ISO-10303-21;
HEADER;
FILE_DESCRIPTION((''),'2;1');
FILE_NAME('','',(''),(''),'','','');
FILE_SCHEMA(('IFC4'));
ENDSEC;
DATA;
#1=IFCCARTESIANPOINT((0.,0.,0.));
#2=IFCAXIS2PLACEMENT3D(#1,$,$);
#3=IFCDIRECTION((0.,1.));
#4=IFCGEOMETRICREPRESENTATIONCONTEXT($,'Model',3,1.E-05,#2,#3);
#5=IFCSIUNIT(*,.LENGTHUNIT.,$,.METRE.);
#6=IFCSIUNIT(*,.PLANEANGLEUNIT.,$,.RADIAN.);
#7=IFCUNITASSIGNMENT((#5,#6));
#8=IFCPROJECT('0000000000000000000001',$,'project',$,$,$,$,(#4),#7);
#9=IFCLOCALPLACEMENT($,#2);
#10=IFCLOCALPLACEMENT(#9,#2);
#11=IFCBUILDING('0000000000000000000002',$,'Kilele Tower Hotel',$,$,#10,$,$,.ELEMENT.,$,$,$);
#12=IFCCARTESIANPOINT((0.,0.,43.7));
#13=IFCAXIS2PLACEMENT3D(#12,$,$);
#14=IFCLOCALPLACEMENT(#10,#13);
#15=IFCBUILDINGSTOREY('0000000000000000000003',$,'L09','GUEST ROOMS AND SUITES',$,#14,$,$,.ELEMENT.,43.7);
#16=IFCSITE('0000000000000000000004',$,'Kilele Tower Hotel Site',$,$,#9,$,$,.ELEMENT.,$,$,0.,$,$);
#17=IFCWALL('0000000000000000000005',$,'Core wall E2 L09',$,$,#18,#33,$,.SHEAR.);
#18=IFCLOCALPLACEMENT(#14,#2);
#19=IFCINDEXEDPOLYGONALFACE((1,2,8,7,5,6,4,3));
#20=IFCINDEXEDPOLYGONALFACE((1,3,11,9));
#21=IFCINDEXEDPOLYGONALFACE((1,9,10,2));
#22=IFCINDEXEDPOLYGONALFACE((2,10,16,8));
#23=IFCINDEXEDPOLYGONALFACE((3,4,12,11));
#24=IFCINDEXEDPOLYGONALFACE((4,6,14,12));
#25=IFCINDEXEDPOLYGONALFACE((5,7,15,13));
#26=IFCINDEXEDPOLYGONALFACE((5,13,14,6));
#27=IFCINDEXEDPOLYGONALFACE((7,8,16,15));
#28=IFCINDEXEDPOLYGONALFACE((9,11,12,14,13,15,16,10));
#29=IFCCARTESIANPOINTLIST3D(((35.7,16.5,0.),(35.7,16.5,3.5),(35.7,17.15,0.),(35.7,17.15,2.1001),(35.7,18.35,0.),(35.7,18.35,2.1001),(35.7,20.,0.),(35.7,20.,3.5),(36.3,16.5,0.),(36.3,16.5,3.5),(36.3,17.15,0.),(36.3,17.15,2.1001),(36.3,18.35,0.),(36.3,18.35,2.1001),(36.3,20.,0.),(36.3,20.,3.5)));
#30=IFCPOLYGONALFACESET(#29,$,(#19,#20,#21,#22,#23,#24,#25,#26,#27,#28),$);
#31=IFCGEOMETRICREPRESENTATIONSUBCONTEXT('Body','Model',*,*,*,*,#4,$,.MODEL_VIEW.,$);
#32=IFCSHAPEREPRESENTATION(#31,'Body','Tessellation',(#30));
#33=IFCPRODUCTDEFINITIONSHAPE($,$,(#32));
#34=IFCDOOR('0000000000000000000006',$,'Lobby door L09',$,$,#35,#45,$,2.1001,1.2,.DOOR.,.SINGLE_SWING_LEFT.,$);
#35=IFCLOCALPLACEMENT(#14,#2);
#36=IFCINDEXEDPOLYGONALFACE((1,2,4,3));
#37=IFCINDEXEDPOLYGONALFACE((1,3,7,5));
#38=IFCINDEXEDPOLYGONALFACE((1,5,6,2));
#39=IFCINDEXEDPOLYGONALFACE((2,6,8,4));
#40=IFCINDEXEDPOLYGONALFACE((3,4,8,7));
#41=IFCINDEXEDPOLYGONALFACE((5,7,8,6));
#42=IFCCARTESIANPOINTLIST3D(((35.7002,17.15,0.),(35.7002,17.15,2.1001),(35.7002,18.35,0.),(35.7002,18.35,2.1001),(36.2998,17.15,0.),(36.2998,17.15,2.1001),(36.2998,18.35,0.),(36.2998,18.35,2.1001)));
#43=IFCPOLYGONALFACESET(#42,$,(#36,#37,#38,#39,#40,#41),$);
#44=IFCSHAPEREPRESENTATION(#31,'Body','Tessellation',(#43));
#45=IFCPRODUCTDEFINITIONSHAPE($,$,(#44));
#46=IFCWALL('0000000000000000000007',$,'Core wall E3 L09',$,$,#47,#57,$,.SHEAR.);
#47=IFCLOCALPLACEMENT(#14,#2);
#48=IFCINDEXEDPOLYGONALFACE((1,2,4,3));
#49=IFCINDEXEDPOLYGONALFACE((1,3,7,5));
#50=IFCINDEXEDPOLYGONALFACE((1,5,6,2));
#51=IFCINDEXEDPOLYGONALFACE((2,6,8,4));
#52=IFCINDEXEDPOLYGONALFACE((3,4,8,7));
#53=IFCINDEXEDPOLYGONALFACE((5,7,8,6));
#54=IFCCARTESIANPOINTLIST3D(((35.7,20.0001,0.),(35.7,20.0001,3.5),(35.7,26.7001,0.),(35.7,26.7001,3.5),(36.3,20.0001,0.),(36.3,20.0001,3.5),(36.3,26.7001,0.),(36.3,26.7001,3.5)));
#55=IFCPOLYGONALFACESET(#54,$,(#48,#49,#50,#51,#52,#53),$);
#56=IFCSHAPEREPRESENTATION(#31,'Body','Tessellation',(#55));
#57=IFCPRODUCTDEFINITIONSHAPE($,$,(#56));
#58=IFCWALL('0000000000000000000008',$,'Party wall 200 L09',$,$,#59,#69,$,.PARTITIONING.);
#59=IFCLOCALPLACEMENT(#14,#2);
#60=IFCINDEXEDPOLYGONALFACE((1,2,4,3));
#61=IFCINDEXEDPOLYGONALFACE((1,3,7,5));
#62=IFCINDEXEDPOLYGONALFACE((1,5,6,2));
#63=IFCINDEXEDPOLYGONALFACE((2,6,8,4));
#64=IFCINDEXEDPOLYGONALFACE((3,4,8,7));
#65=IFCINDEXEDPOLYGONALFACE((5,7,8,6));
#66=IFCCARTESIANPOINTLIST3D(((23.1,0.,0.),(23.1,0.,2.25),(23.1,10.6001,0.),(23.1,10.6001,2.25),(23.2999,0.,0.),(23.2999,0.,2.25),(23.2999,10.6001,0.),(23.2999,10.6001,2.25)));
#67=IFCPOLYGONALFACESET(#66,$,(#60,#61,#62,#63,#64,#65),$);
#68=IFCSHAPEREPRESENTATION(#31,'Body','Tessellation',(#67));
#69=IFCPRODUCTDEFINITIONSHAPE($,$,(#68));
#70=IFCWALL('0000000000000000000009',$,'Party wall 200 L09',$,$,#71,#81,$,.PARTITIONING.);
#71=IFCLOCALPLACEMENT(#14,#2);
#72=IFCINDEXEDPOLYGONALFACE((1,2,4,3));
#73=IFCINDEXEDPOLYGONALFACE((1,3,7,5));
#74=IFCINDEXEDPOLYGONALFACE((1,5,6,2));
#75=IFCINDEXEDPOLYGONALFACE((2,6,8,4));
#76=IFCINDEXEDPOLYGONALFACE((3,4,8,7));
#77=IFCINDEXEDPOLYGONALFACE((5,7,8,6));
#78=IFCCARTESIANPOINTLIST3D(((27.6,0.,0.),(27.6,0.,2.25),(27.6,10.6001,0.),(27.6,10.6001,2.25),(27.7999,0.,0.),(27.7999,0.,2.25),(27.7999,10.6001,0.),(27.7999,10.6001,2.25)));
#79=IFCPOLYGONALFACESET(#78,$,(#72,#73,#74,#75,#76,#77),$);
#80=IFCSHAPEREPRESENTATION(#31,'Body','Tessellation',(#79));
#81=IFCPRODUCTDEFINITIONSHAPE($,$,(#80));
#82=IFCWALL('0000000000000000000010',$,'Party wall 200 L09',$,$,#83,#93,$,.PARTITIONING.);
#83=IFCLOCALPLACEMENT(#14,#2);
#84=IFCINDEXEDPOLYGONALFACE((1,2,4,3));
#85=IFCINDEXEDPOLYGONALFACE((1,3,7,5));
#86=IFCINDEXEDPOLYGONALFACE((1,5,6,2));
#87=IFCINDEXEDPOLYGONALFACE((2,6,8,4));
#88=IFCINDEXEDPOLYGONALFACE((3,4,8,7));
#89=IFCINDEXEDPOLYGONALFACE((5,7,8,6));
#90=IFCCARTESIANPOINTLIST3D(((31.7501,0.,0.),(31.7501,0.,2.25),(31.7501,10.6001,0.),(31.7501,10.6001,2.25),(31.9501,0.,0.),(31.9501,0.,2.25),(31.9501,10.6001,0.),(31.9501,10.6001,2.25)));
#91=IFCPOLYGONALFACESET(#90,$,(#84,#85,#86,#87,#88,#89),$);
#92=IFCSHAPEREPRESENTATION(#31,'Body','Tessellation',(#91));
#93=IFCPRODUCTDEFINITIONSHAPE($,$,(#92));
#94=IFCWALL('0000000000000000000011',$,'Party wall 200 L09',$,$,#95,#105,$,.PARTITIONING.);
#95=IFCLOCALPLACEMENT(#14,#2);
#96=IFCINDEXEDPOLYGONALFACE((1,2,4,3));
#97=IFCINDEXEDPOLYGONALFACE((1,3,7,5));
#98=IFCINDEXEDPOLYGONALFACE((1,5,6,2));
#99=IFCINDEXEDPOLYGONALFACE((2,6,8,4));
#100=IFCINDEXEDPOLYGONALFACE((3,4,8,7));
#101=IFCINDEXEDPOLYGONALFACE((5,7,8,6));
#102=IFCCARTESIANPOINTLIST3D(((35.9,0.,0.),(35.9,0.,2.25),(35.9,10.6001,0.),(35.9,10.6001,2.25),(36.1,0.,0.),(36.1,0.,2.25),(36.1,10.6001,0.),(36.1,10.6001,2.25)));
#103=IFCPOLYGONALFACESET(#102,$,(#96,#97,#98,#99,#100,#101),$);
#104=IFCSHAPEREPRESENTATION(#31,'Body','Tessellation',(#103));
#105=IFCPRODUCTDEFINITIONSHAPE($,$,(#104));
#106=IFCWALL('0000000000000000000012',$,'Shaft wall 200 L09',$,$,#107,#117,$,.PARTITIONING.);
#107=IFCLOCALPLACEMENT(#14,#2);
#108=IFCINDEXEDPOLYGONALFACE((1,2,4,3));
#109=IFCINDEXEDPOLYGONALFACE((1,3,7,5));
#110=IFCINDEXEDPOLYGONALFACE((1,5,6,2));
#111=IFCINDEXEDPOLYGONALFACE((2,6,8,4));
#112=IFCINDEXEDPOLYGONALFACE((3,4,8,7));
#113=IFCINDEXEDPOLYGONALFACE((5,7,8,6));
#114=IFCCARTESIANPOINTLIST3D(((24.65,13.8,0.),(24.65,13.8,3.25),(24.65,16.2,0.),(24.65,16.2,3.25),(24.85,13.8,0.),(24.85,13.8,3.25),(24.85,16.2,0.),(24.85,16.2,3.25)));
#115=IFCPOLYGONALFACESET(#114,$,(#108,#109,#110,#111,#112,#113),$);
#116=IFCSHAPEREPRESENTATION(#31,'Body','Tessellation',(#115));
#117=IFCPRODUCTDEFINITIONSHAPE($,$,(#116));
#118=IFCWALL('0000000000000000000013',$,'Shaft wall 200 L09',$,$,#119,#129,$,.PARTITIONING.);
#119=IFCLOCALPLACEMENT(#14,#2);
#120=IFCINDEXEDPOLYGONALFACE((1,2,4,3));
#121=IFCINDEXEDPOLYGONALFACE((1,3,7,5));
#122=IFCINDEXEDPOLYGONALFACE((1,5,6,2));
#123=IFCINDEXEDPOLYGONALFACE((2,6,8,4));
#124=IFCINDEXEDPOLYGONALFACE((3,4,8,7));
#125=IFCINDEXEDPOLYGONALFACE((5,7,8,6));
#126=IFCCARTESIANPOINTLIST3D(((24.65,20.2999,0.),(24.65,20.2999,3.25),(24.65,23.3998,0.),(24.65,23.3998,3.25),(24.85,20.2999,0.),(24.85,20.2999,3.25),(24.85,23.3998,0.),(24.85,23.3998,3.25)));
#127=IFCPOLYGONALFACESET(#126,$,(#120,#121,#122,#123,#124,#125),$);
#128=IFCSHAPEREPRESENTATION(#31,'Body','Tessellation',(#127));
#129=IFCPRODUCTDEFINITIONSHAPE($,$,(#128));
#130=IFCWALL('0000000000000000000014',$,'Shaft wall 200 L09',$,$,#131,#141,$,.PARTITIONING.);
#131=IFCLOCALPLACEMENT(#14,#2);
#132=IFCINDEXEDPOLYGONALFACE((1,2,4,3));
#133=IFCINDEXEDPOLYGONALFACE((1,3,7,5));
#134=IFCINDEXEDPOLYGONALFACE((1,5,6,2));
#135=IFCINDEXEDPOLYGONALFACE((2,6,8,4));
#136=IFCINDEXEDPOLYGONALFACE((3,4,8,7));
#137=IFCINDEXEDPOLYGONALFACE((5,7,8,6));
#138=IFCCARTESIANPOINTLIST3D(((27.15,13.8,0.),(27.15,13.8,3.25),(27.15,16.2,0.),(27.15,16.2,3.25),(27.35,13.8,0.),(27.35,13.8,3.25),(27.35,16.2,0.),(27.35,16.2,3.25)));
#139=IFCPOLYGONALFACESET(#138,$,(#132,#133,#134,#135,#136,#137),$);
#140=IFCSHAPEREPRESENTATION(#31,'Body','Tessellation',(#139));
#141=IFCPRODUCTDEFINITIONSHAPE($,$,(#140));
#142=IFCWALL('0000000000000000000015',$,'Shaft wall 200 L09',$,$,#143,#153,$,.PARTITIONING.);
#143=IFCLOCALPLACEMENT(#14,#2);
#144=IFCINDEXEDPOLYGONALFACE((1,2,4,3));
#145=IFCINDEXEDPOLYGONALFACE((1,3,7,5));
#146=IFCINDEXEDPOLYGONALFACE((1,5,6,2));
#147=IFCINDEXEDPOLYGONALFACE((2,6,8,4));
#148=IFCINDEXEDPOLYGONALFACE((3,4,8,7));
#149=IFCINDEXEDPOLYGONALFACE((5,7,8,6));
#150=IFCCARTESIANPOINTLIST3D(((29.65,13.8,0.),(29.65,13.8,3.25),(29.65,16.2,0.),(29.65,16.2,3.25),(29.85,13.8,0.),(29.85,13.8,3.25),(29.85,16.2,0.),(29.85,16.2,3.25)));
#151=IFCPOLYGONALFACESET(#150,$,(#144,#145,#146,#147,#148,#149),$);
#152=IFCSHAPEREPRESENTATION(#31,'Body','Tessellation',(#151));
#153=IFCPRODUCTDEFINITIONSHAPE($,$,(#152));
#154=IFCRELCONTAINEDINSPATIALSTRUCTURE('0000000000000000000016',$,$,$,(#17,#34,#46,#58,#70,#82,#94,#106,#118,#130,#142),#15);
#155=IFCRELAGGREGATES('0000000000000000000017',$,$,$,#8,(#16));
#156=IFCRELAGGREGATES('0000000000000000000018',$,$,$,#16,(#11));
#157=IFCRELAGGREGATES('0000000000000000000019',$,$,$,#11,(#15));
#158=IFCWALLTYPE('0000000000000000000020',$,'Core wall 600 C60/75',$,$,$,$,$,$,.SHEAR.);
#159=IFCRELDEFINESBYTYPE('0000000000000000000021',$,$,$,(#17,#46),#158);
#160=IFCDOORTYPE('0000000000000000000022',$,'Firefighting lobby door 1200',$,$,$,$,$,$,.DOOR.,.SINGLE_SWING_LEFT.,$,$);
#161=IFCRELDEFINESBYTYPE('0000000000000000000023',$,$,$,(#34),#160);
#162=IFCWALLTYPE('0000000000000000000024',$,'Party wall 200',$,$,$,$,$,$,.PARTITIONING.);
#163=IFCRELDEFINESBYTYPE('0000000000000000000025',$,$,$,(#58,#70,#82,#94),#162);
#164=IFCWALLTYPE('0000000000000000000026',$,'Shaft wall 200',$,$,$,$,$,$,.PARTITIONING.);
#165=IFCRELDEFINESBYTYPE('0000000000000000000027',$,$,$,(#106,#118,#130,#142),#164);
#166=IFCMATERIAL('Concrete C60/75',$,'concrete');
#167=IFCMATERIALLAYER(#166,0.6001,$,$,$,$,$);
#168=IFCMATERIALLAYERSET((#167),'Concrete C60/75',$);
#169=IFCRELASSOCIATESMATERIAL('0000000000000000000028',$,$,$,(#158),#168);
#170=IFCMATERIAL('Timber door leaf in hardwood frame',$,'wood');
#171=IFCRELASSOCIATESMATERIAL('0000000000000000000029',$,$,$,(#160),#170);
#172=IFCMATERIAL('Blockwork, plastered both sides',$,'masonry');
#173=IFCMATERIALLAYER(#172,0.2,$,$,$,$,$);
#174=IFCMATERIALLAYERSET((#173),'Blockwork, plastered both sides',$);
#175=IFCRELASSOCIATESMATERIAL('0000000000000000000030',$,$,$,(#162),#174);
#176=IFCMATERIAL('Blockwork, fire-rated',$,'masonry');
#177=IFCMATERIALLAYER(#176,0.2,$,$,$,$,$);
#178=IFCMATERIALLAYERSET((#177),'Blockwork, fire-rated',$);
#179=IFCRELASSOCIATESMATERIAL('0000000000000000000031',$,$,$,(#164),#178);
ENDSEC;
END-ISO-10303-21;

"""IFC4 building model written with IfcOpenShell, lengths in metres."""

from ifc_helpers import new_model, si_unit, direction, frame, frame_2d, origin, place, context, subcontext, project, spatial, rectangle, extrude, material, layer, layer_set, type_object, element, fill, save


model = new_model("IFC4")

# Units and contexts
model_context = context("Model", 3, precision=1e-05, world=origin(), true_north=direction((0.0, 1.0)))
body_context = subcontext(model_context, "Body", "Model", "MODEL_VIEW")
ifc_project = project(units=[si_unit("LENGTHUNIT", "METRE"), si_unit("PLANEANGLEUNIT", "RADIAN")], contexts=[model_context])

# Site, building, storey
site_placement = place(None, origin())
site = spatial("IfcSite", under=ifc_project, at=site_placement, Name="Kilele Tower Hotel Site", CompositionType="ELEMENT", RefElevation=0.0)
building_placement = place(site_placement, origin())
building = spatial("IfcBuilding", under=site, at=building_placement, Name="Kilele Tower Hotel", CompositionType="ELEMENT")
storey_placement = place(building_placement, frame((0.0, 0.0, 43.7)))
storey = spatial("IfcBuildingStorey", under=building, at=storey_placement, Name="L09", Description="GUEST ROOMS AND SUITES", CompositionType="ELEMENT", Elevation=43.7)

# Shared definitions
ifc_material_1 = material(Name="Concrete C60/75", Category="concrete")
ifc_layer_1 = layer(ifc_material_1, 0.6001)
ifc_layer_set_1 = layer_set([ifc_layer_1], Name="Concrete C60/75")
wall_type_1 = type_object("IfcWallType", Name="Core wall 600 C60/75", PredefinedType="SHEAR", material=ifc_layer_set_1)
ifc_material_2 = material(Name="Timber door leaf in hardwood frame", Category="wood")
door_type_1 = type_object("IfcDoorType", Name="Firefighting lobby door 1200", OperationType="SINGLE_SWING_LEFT", PredefinedType="DOOR", material=ifc_material_2)

# Wall, opening, door
wall_1_placement = place(storey_placement, frame((36.0, 16.5, 0.0), z_axis=(0.0, 0.0, 1.0), x_axis=(0.0, 1.0, 0.0)))
wall_1 = element("IfcWall", 1, at=wall_1_placement, inside=storey, type_object=wall_type_1, Name="Core wall E2 L09", PredefinedType="SHEAR", context=body_context, shape_type="SweptSolid", body=[
    extrude(rectangle(XDim=3.5, YDim=0.6001, at=frame_2d((1.75, 0.0))), origin(), (0.0, 0.0, 1.0), 3.5),
])
opening_1_placement = place(wall_1_placement, frame((0.6499, 0.0, 0.0)))
opening_1 = element("IfcOpeningElement", 2, at=opening_1_placement, cuts=wall_1, PredefinedType="OPENING", context=body_context, shape_type="SweptSolid", body=[
    extrude(rectangle(XDim=1.2, YDim=2.1001, at=frame_2d((0.6001, 1.05))), frame((0.0, 0.3101, 0.0), z_axis=(0.0, -1.0, 0.0), x_axis=(1.0, 0.0, 0.0)), (0.0, 0.0, 1.0), 0.6201),
])
door_1_placement = place(opening_1_placement, origin())
door_1 = element("IfcDoor", 3, at=door_1_placement, inside=storey, type_object=door_type_1, Name="Lobby door L09", OperationType="SINGLE_SWING_LEFT", OverallHeight=2.1001, OverallWidth=1.2, PredefinedType="DOOR", context=body_context, shape_type="SweptSolid", body=[
    extrude(rectangle(XDim=1.2, YDim=2.1001, at=frame_2d((0.6001, 1.05))), frame((0.0, 0.2998, 0.0), z_axis=(0.0, -1.0, 0.0), x_axis=(1.0, 0.0, 0.0)), (0.0, 0.0, 1.0), 0.5996),
])
fill(opening_1, door_1)

# Walls
wall_2_placement = place(storey_placement, frame((36.0, 20.0, 0.0), z_axis=(0.0, 0.0, 1.0), x_axis=(0.0, 1.0, 0.0)))
element("IfcWall", 4, at=wall_2_placement, inside=storey, type_object=wall_type_1, Name="Core wall E3 L09", PredefinedType="SHEAR", context=body_context, shape_type="SweptSolid", body=[
    extrude(rectangle(XDim=6.7, YDim=0.6001, at=frame_2d((3.3501, 0.0))), origin(), (0.0, 0.0, 1.0), 3.5),
])
ifc_material_3 = material(Name="Blockwork, plastered both sides", Category="masonry")
ifc_layer_2 = layer(ifc_material_3, 0.2)
ifc_layer_set_2 = layer_set([ifc_layer_2], Name="Blockwork, plastered both sides")
wall_type_2 = type_object("IfcWallType", Name="Party wall 200", PredefinedType="PARTITIONING", material=ifc_layer_set_2)
for number, where, z_axis, x_axis, name in (
    (5, (23.2, 10.6001, 0.0), (0.0, 0.0, 1.0), (0.0, -1.0, 0.0), "Party wall 200 L09"),
    (6, (27.7, 10.6001, 0.0), (0.0, 0.0, 1.0), (0.0, -1.0, 0.0), "Party wall 200 L09"),
    (7, (31.8501, 10.6001, 0.0), (0.0, 0.0, 1.0), (0.0, -1.0, 0.0), "Party wall 200 L09"),
    (8, (36.0, 10.6001, 0.0), (0.0, 0.0, 1.0), (0.0, -1.0, 0.0), "Party wall 200 L09"),
):
    element("IfcWall", number, at=place(storey_placement, frame(where, z_axis=z_axis, x_axis=x_axis)), inside=storey, type_object=wall_type_2, Name=name, PredefinedType="PARTITIONING", context=body_context, shape_type="SweptSolid", body=[
        extrude(rectangle(XDim=10.6001, YDim=0.2, at=frame_2d((5.3, 0.0))), origin(), (0.0, 0.0, 1.0), 2.25),
    ])
ifc_material_4 = material(Name="Blockwork, fire-rated", Category="masonry")
ifc_layer_3 = layer(ifc_material_4, 0.2)
ifc_layer_set_3 = layer_set([ifc_layer_3], Name="Blockwork, fire-rated")
wall_type_3 = type_object("IfcWallType", Name="Shaft wall 200", PredefinedType="PARTITIONING", material=ifc_layer_set_3)
wall_3_placement = place(storey_placement, frame((24.75, 13.8, 0.0), z_axis=(0.0, 0.0, 1.0), x_axis=(0.0, 1.0, 0.0)))
element("IfcWall", 9, at=wall_3_placement, inside=storey, type_object=wall_type_3, Name="Shaft wall 200 L09", PredefinedType="PARTITIONING", context=body_context, shape_type="SweptSolid", body=[
    extrude(rectangle(XDim=2.3999, YDim=0.2, at=frame_2d((1.2, 0.0))), origin(), (0.0, 0.0, 1.0), 3.25),
])
wall_4_placement = place(storey_placement, frame((24.75, 20.3, 0.0), z_axis=(0.0, 0.0, 1.0), x_axis=(0.0, 1.0, 0.0)))
element("IfcWall", 10, at=wall_4_placement, inside=storey, type_object=wall_type_3, Name="Shaft wall 200 L09", PredefinedType="PARTITIONING", context=body_context, shape_type="SweptSolid", body=[
    extrude(rectangle(XDim=3.0999, YDim=0.2, at=frame_2d((1.5498, 0.0))), origin(), (0.0, 0.0, 1.0), 3.25),
])
for number, where, z_axis, x_axis, name in (
    (11, (27.25, 13.8, 0.0), (0.0, 0.0, 1.0), (0.0, 1.0, 0.0), "Shaft wall 200 L09"),
    (12, (29.75, 13.8, 0.0), (0.0, 0.0, 1.0), (0.0, 1.0, 0.0), "Shaft wall 200 L09"),
):
    element("IfcWall", number, at=place(storey_placement, frame(where, z_axis=z_axis, x_axis=x_axis)), inside=storey, type_object=wall_type_3, Name=name, PredefinedType="PARTITIONING", context=body_context, shape_type="SweptSolid", body=[
        extrude(rectangle(XDim=2.3999, YDim=0.2, at=frame_2d((1.2, 0.0))), origin(), (0.0, 0.0, 1.0), 3.25),
    ])

save(model, "model.ifc")
